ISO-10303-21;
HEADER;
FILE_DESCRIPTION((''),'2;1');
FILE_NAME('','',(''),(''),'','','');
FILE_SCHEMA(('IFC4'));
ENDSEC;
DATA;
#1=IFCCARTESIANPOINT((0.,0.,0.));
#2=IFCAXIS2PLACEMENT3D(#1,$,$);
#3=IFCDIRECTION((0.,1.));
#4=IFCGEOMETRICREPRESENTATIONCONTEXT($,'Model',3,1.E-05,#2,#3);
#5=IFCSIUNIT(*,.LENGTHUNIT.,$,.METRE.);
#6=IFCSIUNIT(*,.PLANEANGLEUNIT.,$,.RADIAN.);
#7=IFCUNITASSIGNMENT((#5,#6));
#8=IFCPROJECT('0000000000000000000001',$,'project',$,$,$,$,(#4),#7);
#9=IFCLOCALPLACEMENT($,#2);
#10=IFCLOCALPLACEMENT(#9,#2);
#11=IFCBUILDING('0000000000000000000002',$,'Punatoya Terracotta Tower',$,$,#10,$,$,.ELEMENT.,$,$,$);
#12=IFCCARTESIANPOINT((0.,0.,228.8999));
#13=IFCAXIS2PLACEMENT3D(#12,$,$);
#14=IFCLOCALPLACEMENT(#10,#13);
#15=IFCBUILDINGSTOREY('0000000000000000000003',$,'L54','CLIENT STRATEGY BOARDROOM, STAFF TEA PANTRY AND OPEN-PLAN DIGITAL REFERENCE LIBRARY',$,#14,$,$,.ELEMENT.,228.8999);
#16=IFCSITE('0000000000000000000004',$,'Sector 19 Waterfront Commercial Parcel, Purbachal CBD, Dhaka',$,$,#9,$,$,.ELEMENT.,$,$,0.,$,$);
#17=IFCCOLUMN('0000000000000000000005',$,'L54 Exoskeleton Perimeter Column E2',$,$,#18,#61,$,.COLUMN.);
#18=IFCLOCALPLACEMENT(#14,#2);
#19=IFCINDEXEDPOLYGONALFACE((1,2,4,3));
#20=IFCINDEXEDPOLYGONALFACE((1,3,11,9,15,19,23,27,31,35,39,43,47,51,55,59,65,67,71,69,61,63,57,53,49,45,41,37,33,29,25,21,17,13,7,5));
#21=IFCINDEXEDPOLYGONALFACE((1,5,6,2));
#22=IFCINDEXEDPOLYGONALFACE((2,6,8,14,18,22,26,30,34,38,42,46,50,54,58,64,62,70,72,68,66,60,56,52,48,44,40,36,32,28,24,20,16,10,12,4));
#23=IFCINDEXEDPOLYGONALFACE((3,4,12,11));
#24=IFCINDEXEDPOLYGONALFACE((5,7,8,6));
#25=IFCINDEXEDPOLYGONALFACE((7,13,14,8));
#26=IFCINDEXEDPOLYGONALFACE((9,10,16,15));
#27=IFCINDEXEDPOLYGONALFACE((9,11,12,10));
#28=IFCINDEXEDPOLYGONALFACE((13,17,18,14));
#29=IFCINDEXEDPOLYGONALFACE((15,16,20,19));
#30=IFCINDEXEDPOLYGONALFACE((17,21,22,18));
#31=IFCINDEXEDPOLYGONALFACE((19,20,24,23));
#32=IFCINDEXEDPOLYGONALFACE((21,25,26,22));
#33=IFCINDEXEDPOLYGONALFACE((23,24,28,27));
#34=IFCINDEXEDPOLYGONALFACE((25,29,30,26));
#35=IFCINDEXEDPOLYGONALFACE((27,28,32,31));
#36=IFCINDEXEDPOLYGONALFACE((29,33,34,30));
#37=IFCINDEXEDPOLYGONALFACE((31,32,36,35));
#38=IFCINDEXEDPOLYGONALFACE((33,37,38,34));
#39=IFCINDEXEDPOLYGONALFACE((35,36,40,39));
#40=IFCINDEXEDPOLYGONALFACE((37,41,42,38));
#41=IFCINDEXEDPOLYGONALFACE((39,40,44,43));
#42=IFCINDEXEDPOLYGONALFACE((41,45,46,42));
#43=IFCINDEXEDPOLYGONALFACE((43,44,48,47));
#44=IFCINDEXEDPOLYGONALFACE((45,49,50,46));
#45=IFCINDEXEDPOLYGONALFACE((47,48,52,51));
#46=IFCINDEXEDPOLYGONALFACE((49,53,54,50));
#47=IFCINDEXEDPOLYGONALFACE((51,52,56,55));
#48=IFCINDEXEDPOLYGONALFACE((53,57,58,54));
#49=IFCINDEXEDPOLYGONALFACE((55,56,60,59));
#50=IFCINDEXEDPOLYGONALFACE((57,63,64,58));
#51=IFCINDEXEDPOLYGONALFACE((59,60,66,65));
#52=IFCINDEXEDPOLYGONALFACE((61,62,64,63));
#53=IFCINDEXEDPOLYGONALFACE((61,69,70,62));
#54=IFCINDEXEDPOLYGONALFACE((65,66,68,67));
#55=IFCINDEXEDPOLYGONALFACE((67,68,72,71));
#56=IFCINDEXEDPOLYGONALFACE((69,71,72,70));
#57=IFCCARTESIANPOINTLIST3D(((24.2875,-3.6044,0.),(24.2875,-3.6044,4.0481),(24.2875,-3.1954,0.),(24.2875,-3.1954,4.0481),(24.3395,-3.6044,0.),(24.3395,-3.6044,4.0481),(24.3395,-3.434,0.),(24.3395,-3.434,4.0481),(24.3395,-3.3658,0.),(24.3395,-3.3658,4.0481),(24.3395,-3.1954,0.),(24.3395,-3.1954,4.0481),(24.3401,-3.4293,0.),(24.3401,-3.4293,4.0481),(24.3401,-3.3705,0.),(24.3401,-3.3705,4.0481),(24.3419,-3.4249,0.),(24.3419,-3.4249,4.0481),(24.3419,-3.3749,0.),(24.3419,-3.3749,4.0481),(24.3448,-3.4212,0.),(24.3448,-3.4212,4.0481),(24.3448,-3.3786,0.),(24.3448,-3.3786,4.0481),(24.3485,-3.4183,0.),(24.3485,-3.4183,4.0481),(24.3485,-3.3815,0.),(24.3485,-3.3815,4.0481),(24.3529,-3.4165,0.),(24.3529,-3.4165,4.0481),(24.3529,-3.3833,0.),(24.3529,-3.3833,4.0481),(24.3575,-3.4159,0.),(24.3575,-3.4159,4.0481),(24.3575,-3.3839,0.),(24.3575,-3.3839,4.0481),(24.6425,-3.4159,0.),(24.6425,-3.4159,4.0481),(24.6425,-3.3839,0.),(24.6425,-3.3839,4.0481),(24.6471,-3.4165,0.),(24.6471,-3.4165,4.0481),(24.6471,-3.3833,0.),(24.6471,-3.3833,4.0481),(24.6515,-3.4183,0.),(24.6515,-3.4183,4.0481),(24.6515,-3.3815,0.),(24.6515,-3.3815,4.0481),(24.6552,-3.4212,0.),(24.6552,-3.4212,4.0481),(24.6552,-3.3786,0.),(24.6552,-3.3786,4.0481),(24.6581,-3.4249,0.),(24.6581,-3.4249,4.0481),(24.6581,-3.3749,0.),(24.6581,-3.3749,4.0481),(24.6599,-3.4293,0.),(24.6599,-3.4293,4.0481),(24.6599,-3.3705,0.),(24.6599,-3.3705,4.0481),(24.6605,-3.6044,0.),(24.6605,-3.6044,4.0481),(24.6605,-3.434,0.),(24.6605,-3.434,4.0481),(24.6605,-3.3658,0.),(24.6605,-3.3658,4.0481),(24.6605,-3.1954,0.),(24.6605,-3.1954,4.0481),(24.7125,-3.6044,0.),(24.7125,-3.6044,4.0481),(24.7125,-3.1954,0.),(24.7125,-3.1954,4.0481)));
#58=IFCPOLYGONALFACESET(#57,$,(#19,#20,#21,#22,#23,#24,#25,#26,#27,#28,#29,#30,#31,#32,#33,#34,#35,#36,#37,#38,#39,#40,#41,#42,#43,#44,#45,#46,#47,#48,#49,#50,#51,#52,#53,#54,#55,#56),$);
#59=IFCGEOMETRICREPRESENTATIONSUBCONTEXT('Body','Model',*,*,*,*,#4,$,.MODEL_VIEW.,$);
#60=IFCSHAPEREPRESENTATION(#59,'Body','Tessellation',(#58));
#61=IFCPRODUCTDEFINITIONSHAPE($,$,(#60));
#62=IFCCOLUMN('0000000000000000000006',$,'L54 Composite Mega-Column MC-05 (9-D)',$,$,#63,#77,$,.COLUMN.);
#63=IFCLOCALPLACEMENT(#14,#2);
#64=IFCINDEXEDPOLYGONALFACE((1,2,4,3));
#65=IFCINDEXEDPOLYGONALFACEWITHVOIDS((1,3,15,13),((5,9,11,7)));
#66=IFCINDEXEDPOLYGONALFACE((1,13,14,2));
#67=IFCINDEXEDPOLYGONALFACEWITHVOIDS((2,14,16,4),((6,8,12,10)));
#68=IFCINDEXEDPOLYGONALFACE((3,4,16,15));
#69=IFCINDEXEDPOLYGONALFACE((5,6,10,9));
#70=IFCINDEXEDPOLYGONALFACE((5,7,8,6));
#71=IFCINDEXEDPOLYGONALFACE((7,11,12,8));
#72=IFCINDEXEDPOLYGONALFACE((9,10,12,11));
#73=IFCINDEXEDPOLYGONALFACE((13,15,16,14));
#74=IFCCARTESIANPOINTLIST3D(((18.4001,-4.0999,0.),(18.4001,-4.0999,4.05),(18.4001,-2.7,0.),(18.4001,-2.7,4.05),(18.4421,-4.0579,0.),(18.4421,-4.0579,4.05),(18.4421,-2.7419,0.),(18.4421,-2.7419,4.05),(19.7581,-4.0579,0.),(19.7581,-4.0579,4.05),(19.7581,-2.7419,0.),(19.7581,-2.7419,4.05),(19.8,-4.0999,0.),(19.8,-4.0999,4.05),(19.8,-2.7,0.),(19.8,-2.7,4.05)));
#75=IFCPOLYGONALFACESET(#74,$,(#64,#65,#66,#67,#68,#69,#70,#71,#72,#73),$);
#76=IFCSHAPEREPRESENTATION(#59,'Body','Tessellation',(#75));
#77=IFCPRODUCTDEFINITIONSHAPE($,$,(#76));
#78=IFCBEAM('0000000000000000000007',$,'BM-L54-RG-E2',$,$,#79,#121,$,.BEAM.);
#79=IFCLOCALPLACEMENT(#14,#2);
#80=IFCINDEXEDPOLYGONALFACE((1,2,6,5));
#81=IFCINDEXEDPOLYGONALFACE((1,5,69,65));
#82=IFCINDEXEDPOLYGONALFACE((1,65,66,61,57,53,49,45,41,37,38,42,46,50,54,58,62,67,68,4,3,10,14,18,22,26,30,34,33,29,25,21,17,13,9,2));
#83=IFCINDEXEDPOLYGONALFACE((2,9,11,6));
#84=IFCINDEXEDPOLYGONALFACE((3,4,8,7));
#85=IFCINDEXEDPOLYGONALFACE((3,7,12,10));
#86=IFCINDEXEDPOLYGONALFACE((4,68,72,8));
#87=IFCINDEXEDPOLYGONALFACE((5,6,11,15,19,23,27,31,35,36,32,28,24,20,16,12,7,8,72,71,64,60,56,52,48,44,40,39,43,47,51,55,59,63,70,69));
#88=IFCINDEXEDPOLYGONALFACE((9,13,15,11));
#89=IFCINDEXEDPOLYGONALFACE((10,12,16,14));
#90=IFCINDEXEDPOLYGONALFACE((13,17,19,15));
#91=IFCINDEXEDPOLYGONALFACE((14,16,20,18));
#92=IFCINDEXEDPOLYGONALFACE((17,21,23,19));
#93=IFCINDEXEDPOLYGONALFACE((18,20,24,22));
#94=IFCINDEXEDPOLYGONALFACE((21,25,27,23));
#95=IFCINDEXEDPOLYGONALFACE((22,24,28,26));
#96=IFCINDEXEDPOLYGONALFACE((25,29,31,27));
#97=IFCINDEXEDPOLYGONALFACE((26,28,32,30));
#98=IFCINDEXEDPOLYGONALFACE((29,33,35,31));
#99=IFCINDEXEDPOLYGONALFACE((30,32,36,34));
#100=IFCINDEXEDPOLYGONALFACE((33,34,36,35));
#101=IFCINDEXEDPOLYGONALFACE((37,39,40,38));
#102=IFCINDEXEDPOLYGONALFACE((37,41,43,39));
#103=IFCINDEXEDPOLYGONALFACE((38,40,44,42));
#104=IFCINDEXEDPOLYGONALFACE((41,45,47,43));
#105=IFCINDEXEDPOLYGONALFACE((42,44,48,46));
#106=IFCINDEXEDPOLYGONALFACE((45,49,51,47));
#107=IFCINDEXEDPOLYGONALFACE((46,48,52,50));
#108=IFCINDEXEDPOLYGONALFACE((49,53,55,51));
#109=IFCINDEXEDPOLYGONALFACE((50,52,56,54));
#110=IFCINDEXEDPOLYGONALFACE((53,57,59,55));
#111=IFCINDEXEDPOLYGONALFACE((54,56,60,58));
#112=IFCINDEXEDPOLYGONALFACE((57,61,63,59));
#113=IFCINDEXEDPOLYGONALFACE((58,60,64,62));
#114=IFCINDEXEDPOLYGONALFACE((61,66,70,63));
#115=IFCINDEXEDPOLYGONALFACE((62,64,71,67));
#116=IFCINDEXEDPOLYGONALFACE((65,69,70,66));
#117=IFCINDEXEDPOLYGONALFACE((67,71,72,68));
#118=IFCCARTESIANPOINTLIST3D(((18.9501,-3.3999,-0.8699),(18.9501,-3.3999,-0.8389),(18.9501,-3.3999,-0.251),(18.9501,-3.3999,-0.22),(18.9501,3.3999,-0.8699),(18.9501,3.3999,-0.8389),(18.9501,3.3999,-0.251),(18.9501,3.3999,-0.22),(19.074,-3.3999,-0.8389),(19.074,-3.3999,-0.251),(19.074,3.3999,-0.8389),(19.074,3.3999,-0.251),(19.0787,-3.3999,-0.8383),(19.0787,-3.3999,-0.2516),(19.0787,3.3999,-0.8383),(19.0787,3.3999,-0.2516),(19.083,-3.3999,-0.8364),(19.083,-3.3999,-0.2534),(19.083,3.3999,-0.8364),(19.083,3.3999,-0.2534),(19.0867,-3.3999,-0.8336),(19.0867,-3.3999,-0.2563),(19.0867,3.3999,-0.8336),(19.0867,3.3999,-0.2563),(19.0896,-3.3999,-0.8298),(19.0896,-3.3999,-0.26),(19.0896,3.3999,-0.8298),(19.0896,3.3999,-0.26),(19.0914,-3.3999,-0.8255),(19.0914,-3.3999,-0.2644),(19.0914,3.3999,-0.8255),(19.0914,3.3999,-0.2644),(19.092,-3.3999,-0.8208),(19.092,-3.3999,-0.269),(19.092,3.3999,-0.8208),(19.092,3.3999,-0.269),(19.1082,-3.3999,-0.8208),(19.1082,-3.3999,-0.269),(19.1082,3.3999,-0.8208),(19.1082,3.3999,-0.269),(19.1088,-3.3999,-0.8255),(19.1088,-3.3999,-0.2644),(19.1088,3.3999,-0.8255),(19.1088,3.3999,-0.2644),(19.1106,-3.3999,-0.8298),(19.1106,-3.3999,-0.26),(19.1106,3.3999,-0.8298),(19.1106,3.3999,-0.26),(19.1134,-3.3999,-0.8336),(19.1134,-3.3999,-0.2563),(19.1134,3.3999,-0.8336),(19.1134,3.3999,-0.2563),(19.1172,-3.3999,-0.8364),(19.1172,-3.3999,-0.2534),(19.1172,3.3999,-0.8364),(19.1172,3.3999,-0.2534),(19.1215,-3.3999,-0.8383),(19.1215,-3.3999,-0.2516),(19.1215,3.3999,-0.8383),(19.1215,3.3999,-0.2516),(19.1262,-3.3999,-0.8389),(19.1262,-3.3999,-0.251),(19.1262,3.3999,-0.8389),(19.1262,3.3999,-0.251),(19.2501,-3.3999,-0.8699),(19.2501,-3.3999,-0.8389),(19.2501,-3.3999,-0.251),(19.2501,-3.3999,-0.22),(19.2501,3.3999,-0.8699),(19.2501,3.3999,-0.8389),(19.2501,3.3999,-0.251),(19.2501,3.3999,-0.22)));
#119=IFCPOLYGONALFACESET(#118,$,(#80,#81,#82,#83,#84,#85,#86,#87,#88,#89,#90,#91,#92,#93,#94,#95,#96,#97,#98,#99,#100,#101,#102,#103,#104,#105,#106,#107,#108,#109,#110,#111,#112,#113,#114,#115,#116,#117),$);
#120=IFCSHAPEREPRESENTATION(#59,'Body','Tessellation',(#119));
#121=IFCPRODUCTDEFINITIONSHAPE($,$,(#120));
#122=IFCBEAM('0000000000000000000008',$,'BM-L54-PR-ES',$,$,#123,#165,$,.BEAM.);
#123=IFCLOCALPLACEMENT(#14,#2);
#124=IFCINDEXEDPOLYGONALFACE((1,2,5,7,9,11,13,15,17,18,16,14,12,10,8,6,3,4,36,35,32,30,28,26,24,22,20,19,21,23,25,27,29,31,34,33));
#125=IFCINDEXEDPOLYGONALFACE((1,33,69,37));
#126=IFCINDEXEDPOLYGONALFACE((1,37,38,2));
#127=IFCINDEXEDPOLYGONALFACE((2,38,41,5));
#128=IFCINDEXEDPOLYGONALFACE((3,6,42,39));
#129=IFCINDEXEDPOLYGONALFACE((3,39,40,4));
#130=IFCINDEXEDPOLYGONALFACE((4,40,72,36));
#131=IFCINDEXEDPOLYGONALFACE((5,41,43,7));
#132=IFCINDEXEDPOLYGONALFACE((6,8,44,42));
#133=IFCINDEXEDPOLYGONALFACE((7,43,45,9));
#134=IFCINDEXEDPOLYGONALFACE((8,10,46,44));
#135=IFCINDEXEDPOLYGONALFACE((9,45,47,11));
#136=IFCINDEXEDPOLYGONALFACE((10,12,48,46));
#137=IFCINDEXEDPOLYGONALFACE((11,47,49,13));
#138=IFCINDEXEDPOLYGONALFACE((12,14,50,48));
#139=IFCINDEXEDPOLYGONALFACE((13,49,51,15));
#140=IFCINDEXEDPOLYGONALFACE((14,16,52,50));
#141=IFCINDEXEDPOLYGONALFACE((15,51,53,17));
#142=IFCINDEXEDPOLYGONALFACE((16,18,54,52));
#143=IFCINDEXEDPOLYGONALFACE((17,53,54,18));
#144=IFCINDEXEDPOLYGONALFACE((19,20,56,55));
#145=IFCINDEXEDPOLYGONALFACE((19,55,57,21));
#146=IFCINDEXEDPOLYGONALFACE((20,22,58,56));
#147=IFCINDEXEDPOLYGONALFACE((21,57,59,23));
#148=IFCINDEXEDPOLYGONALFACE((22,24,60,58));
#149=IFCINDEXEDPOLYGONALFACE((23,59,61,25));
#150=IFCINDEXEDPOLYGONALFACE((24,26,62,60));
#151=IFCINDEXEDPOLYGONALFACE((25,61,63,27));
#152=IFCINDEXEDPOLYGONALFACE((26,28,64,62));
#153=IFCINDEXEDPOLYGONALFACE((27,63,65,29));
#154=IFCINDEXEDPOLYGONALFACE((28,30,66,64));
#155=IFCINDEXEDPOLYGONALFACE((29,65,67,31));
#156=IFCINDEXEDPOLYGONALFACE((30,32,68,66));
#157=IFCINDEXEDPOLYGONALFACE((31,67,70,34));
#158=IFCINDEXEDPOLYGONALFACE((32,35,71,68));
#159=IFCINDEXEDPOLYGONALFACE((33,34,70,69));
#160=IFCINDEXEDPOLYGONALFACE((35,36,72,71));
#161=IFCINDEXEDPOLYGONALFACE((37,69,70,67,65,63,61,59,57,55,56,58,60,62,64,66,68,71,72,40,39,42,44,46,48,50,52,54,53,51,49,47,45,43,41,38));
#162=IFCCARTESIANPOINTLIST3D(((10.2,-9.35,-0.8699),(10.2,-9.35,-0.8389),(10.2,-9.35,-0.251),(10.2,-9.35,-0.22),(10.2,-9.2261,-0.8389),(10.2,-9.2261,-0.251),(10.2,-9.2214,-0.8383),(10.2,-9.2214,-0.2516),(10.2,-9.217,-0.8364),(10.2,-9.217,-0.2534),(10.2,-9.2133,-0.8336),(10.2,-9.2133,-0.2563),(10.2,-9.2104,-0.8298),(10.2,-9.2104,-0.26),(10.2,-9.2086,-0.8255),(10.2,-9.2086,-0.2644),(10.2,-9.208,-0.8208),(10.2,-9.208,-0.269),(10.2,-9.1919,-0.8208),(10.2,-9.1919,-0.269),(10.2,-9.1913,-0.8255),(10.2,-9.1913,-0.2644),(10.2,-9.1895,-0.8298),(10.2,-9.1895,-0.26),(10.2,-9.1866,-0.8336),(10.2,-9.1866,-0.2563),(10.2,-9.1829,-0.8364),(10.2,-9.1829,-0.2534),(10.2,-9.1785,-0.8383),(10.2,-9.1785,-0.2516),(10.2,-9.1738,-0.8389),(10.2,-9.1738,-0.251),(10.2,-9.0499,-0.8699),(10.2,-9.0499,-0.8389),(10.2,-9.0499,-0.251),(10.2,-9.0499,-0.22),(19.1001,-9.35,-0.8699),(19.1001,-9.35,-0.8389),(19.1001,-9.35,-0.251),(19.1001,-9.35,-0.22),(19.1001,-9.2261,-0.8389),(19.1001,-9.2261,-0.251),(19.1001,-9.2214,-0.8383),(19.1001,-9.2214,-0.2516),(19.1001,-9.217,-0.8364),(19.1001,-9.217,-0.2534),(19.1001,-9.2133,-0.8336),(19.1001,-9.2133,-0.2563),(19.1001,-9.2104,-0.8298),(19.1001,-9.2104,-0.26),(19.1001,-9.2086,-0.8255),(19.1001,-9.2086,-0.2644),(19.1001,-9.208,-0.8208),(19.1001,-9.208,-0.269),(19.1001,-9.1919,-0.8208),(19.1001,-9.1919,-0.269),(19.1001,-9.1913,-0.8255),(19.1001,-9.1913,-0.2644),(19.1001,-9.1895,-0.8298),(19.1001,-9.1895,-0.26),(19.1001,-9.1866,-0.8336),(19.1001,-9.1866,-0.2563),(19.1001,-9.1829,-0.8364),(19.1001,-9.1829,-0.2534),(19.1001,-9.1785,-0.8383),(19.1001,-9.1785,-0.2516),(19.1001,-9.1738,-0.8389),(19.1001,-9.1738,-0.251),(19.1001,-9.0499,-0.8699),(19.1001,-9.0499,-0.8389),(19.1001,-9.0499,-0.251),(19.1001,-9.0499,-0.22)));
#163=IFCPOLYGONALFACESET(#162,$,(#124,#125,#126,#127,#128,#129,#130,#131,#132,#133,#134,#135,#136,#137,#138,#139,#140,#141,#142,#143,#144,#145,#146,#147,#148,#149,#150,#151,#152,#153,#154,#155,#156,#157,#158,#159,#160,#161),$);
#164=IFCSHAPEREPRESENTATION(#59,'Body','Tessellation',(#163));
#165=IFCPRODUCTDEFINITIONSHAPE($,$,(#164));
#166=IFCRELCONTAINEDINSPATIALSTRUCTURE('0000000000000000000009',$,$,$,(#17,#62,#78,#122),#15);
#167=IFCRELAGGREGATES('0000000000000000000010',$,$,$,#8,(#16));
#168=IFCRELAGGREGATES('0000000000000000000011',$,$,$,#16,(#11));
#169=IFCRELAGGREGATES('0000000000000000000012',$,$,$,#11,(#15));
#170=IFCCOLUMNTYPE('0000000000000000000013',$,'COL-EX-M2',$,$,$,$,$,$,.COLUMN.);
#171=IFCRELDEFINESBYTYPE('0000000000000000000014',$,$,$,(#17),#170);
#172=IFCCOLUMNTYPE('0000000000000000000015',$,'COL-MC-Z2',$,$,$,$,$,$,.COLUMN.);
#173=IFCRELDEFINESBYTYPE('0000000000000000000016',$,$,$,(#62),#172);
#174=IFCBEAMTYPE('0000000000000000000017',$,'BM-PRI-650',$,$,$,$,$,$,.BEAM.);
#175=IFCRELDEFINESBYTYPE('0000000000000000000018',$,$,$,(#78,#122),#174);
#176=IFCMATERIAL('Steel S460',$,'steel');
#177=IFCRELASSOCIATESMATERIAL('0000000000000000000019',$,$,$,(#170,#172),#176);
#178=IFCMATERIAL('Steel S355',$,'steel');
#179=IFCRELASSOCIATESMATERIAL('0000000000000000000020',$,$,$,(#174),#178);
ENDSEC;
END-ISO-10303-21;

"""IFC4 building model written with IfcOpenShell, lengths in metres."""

from ifc_helpers import new_model, si_unit, direction, frame, origin, origin_2d, place, context, subcontext, project, spatial, hollow_rectangle, i_section, extrude, material, material_profile, profile_set, type_object, element, save


model = new_model("IFC4")

# Units and contexts
model_context = context("Model", 3, precision=1e-05, world=origin(), true_north=direction((0.0, 1.0)))
body_context = subcontext(model_context, "Body", "Model", "MODEL_VIEW")
ifc_project = project(units=[si_unit("LENGTHUNIT", "METRE"), si_unit("PLANEANGLEUNIT", "RADIAN")], contexts=[model_context])

# Site, building, storey
site_placement = place(None, origin())
site = spatial("IfcSite", under=ifc_project, at=site_placement, Name="Sector 19 Waterfront Commercial Parcel, Purbachal CBD, Dhaka", CompositionType="ELEMENT", RefElevation=0.0)
building_placement = place(site_placement, origin())
building = spatial("IfcBuilding", under=site, at=building_placement, Name="Punatoya Terracotta Tower", CompositionType="ELEMENT")
storey_placement = place(building_placement, frame((0.0, 0.0, 228.8999)))
storey = spatial("IfcBuildingStorey", under=building, at=storey_placement, Name="L54", Description="CLIENT STRATEGY BOARDROOM, STAFF TEA PANTRY AND OPEN-PLAN DIGITAL REFERENCE LIBRARY", CompositionType="ELEMENT", Elevation=228.8999)

# Columns
ifc_material_1 = material(Name="Steel S460", Category="steel")
ifc_material_profile_1 = material_profile(ifc_material_1, i_section(OverallWidth=0.4089, OverallDepth=0.425, WebThickness=0.032, FlangeThickness=0.052, FilletRadius=0.0181, at=origin_2d()))
ifc_profile_set_1 = profile_set([ifc_material_profile_1], Name="Steel S460")
column_type_1 = type_object("IfcColumnType", Name="COL-EX-M2", PredefinedType="COLUMN", material=ifc_profile_set_1)
column_1_placement = place(storey_placement, frame((24.5, -3.3999, 0.0), z_axis=(0.0, 0.0, 1.0), x_axis=(0.0, 1.0, 0.0)))
element("IfcColumn", 1, at=column_1_placement, inside=storey, type_object=column_type_1, Name="L54 Exoskeleton Perimeter Column E2", PredefinedType="COLUMN", context=body_context, shape_type="SweptSolid", body=[
    extrude(i_section(OverallWidth=0.4089, OverallDepth=0.425, WebThickness=0.032, FlangeThickness=0.052, FilletRadius=0.0181, at=origin_2d()), origin(), (0.0, 0.0, 1.0), 4.0481),
])
ifc_material_profile_2 = material_profile(ifc_material_1, hollow_rectangle(XDim=1.3999, YDim=1.3999, WallThickness=0.042, at=origin_2d()))
ifc_profile_set_2 = profile_set([ifc_material_profile_2], Name="Steel S460")
column_type_2 = type_object("IfcColumnType", Name="COL-MC-Z2", PredefinedType="COLUMN", material=ifc_profile_set_2)
column_2_placement = place(storey_placement, frame((19.1001, -3.3999, 0.0), z_axis=(0.0, 0.0, 1.0), x_axis=(1.0, 0.0, 0.0)))
element("IfcColumn", 2, at=column_2_placement, inside=storey, type_object=column_type_2, Name="L54 Composite Mega-Column MC-05 (9-D)", PredefinedType="COLUMN", context=body_context, shape_type="SweptSolid", body=[
    extrude(hollow_rectangle(XDim=1.3999, YDim=1.3999, WallThickness=0.042, at=origin_2d()), origin(), (0.0, 0.0, 1.0), 4.05),
])

# Beams
ifc_material_2 = material(Name="Steel S355", Category="steel")
ifc_material_profile_3 = material_profile(ifc_material_2, i_section(OverallWidth=0.3, OverallDepth=0.6499, WebThickness=0.0161, FlangeThickness=0.031, FilletRadius=0.0181, at=origin_2d()))
ifc_profile_set_3 = profile_set([ifc_material_profile_3], Name="Steel S355")
beam_type_1 = type_object("IfcBeamType", Name="BM-PRI-650", PredefinedType="BEAM", material=ifc_profile_set_3)
beam_1_placement = place(storey_placement, frame((19.1001, -3.3999, -0.5449), z_axis=(0.0, 1.0, 0.0), x_axis=(-1.0, 0.0, 0.0)))
element("IfcBeam", 3, at=beam_1_placement, inside=storey, type_object=beam_type_1, Name="BM-L54-RG-E2", PredefinedType="BEAM", context=body_context, shape_type="SweptSolid", body=[
    extrude(i_section(OverallWidth=0.3, OverallDepth=0.6499, WebThickness=0.0161, FlangeThickness=0.031, FilletRadius=0.0181, at=origin_2d()), origin(), (0.0, 0.0, 1.0), 6.7998),
])
for number, where, z_axis, x_axis, name in (
    (4, (10.2, -9.2, -0.5449), (1.0, 0.0, 0.0), (0.0, 1.0, 0.0), "BM-L54-PR-ES"),
):
    element("IfcBeam", number, at=place(storey_placement, frame(where, z_axis=z_axis, x_axis=x_axis)), inside=storey, type_object=beam_type_1, Name=name, PredefinedType="BEAM", context=body_context, shape_type="SweptSolid", body=[
        extrude(i_section(OverallWidth=0.3, OverallDepth=0.6499, WebThickness=0.0161, FlangeThickness=0.031, FilletRadius=0.0181, at=origin_2d()), origin(), (0.0, 0.0, 1.0), 8.9001),
    ])

save(model, "model.ifc")
